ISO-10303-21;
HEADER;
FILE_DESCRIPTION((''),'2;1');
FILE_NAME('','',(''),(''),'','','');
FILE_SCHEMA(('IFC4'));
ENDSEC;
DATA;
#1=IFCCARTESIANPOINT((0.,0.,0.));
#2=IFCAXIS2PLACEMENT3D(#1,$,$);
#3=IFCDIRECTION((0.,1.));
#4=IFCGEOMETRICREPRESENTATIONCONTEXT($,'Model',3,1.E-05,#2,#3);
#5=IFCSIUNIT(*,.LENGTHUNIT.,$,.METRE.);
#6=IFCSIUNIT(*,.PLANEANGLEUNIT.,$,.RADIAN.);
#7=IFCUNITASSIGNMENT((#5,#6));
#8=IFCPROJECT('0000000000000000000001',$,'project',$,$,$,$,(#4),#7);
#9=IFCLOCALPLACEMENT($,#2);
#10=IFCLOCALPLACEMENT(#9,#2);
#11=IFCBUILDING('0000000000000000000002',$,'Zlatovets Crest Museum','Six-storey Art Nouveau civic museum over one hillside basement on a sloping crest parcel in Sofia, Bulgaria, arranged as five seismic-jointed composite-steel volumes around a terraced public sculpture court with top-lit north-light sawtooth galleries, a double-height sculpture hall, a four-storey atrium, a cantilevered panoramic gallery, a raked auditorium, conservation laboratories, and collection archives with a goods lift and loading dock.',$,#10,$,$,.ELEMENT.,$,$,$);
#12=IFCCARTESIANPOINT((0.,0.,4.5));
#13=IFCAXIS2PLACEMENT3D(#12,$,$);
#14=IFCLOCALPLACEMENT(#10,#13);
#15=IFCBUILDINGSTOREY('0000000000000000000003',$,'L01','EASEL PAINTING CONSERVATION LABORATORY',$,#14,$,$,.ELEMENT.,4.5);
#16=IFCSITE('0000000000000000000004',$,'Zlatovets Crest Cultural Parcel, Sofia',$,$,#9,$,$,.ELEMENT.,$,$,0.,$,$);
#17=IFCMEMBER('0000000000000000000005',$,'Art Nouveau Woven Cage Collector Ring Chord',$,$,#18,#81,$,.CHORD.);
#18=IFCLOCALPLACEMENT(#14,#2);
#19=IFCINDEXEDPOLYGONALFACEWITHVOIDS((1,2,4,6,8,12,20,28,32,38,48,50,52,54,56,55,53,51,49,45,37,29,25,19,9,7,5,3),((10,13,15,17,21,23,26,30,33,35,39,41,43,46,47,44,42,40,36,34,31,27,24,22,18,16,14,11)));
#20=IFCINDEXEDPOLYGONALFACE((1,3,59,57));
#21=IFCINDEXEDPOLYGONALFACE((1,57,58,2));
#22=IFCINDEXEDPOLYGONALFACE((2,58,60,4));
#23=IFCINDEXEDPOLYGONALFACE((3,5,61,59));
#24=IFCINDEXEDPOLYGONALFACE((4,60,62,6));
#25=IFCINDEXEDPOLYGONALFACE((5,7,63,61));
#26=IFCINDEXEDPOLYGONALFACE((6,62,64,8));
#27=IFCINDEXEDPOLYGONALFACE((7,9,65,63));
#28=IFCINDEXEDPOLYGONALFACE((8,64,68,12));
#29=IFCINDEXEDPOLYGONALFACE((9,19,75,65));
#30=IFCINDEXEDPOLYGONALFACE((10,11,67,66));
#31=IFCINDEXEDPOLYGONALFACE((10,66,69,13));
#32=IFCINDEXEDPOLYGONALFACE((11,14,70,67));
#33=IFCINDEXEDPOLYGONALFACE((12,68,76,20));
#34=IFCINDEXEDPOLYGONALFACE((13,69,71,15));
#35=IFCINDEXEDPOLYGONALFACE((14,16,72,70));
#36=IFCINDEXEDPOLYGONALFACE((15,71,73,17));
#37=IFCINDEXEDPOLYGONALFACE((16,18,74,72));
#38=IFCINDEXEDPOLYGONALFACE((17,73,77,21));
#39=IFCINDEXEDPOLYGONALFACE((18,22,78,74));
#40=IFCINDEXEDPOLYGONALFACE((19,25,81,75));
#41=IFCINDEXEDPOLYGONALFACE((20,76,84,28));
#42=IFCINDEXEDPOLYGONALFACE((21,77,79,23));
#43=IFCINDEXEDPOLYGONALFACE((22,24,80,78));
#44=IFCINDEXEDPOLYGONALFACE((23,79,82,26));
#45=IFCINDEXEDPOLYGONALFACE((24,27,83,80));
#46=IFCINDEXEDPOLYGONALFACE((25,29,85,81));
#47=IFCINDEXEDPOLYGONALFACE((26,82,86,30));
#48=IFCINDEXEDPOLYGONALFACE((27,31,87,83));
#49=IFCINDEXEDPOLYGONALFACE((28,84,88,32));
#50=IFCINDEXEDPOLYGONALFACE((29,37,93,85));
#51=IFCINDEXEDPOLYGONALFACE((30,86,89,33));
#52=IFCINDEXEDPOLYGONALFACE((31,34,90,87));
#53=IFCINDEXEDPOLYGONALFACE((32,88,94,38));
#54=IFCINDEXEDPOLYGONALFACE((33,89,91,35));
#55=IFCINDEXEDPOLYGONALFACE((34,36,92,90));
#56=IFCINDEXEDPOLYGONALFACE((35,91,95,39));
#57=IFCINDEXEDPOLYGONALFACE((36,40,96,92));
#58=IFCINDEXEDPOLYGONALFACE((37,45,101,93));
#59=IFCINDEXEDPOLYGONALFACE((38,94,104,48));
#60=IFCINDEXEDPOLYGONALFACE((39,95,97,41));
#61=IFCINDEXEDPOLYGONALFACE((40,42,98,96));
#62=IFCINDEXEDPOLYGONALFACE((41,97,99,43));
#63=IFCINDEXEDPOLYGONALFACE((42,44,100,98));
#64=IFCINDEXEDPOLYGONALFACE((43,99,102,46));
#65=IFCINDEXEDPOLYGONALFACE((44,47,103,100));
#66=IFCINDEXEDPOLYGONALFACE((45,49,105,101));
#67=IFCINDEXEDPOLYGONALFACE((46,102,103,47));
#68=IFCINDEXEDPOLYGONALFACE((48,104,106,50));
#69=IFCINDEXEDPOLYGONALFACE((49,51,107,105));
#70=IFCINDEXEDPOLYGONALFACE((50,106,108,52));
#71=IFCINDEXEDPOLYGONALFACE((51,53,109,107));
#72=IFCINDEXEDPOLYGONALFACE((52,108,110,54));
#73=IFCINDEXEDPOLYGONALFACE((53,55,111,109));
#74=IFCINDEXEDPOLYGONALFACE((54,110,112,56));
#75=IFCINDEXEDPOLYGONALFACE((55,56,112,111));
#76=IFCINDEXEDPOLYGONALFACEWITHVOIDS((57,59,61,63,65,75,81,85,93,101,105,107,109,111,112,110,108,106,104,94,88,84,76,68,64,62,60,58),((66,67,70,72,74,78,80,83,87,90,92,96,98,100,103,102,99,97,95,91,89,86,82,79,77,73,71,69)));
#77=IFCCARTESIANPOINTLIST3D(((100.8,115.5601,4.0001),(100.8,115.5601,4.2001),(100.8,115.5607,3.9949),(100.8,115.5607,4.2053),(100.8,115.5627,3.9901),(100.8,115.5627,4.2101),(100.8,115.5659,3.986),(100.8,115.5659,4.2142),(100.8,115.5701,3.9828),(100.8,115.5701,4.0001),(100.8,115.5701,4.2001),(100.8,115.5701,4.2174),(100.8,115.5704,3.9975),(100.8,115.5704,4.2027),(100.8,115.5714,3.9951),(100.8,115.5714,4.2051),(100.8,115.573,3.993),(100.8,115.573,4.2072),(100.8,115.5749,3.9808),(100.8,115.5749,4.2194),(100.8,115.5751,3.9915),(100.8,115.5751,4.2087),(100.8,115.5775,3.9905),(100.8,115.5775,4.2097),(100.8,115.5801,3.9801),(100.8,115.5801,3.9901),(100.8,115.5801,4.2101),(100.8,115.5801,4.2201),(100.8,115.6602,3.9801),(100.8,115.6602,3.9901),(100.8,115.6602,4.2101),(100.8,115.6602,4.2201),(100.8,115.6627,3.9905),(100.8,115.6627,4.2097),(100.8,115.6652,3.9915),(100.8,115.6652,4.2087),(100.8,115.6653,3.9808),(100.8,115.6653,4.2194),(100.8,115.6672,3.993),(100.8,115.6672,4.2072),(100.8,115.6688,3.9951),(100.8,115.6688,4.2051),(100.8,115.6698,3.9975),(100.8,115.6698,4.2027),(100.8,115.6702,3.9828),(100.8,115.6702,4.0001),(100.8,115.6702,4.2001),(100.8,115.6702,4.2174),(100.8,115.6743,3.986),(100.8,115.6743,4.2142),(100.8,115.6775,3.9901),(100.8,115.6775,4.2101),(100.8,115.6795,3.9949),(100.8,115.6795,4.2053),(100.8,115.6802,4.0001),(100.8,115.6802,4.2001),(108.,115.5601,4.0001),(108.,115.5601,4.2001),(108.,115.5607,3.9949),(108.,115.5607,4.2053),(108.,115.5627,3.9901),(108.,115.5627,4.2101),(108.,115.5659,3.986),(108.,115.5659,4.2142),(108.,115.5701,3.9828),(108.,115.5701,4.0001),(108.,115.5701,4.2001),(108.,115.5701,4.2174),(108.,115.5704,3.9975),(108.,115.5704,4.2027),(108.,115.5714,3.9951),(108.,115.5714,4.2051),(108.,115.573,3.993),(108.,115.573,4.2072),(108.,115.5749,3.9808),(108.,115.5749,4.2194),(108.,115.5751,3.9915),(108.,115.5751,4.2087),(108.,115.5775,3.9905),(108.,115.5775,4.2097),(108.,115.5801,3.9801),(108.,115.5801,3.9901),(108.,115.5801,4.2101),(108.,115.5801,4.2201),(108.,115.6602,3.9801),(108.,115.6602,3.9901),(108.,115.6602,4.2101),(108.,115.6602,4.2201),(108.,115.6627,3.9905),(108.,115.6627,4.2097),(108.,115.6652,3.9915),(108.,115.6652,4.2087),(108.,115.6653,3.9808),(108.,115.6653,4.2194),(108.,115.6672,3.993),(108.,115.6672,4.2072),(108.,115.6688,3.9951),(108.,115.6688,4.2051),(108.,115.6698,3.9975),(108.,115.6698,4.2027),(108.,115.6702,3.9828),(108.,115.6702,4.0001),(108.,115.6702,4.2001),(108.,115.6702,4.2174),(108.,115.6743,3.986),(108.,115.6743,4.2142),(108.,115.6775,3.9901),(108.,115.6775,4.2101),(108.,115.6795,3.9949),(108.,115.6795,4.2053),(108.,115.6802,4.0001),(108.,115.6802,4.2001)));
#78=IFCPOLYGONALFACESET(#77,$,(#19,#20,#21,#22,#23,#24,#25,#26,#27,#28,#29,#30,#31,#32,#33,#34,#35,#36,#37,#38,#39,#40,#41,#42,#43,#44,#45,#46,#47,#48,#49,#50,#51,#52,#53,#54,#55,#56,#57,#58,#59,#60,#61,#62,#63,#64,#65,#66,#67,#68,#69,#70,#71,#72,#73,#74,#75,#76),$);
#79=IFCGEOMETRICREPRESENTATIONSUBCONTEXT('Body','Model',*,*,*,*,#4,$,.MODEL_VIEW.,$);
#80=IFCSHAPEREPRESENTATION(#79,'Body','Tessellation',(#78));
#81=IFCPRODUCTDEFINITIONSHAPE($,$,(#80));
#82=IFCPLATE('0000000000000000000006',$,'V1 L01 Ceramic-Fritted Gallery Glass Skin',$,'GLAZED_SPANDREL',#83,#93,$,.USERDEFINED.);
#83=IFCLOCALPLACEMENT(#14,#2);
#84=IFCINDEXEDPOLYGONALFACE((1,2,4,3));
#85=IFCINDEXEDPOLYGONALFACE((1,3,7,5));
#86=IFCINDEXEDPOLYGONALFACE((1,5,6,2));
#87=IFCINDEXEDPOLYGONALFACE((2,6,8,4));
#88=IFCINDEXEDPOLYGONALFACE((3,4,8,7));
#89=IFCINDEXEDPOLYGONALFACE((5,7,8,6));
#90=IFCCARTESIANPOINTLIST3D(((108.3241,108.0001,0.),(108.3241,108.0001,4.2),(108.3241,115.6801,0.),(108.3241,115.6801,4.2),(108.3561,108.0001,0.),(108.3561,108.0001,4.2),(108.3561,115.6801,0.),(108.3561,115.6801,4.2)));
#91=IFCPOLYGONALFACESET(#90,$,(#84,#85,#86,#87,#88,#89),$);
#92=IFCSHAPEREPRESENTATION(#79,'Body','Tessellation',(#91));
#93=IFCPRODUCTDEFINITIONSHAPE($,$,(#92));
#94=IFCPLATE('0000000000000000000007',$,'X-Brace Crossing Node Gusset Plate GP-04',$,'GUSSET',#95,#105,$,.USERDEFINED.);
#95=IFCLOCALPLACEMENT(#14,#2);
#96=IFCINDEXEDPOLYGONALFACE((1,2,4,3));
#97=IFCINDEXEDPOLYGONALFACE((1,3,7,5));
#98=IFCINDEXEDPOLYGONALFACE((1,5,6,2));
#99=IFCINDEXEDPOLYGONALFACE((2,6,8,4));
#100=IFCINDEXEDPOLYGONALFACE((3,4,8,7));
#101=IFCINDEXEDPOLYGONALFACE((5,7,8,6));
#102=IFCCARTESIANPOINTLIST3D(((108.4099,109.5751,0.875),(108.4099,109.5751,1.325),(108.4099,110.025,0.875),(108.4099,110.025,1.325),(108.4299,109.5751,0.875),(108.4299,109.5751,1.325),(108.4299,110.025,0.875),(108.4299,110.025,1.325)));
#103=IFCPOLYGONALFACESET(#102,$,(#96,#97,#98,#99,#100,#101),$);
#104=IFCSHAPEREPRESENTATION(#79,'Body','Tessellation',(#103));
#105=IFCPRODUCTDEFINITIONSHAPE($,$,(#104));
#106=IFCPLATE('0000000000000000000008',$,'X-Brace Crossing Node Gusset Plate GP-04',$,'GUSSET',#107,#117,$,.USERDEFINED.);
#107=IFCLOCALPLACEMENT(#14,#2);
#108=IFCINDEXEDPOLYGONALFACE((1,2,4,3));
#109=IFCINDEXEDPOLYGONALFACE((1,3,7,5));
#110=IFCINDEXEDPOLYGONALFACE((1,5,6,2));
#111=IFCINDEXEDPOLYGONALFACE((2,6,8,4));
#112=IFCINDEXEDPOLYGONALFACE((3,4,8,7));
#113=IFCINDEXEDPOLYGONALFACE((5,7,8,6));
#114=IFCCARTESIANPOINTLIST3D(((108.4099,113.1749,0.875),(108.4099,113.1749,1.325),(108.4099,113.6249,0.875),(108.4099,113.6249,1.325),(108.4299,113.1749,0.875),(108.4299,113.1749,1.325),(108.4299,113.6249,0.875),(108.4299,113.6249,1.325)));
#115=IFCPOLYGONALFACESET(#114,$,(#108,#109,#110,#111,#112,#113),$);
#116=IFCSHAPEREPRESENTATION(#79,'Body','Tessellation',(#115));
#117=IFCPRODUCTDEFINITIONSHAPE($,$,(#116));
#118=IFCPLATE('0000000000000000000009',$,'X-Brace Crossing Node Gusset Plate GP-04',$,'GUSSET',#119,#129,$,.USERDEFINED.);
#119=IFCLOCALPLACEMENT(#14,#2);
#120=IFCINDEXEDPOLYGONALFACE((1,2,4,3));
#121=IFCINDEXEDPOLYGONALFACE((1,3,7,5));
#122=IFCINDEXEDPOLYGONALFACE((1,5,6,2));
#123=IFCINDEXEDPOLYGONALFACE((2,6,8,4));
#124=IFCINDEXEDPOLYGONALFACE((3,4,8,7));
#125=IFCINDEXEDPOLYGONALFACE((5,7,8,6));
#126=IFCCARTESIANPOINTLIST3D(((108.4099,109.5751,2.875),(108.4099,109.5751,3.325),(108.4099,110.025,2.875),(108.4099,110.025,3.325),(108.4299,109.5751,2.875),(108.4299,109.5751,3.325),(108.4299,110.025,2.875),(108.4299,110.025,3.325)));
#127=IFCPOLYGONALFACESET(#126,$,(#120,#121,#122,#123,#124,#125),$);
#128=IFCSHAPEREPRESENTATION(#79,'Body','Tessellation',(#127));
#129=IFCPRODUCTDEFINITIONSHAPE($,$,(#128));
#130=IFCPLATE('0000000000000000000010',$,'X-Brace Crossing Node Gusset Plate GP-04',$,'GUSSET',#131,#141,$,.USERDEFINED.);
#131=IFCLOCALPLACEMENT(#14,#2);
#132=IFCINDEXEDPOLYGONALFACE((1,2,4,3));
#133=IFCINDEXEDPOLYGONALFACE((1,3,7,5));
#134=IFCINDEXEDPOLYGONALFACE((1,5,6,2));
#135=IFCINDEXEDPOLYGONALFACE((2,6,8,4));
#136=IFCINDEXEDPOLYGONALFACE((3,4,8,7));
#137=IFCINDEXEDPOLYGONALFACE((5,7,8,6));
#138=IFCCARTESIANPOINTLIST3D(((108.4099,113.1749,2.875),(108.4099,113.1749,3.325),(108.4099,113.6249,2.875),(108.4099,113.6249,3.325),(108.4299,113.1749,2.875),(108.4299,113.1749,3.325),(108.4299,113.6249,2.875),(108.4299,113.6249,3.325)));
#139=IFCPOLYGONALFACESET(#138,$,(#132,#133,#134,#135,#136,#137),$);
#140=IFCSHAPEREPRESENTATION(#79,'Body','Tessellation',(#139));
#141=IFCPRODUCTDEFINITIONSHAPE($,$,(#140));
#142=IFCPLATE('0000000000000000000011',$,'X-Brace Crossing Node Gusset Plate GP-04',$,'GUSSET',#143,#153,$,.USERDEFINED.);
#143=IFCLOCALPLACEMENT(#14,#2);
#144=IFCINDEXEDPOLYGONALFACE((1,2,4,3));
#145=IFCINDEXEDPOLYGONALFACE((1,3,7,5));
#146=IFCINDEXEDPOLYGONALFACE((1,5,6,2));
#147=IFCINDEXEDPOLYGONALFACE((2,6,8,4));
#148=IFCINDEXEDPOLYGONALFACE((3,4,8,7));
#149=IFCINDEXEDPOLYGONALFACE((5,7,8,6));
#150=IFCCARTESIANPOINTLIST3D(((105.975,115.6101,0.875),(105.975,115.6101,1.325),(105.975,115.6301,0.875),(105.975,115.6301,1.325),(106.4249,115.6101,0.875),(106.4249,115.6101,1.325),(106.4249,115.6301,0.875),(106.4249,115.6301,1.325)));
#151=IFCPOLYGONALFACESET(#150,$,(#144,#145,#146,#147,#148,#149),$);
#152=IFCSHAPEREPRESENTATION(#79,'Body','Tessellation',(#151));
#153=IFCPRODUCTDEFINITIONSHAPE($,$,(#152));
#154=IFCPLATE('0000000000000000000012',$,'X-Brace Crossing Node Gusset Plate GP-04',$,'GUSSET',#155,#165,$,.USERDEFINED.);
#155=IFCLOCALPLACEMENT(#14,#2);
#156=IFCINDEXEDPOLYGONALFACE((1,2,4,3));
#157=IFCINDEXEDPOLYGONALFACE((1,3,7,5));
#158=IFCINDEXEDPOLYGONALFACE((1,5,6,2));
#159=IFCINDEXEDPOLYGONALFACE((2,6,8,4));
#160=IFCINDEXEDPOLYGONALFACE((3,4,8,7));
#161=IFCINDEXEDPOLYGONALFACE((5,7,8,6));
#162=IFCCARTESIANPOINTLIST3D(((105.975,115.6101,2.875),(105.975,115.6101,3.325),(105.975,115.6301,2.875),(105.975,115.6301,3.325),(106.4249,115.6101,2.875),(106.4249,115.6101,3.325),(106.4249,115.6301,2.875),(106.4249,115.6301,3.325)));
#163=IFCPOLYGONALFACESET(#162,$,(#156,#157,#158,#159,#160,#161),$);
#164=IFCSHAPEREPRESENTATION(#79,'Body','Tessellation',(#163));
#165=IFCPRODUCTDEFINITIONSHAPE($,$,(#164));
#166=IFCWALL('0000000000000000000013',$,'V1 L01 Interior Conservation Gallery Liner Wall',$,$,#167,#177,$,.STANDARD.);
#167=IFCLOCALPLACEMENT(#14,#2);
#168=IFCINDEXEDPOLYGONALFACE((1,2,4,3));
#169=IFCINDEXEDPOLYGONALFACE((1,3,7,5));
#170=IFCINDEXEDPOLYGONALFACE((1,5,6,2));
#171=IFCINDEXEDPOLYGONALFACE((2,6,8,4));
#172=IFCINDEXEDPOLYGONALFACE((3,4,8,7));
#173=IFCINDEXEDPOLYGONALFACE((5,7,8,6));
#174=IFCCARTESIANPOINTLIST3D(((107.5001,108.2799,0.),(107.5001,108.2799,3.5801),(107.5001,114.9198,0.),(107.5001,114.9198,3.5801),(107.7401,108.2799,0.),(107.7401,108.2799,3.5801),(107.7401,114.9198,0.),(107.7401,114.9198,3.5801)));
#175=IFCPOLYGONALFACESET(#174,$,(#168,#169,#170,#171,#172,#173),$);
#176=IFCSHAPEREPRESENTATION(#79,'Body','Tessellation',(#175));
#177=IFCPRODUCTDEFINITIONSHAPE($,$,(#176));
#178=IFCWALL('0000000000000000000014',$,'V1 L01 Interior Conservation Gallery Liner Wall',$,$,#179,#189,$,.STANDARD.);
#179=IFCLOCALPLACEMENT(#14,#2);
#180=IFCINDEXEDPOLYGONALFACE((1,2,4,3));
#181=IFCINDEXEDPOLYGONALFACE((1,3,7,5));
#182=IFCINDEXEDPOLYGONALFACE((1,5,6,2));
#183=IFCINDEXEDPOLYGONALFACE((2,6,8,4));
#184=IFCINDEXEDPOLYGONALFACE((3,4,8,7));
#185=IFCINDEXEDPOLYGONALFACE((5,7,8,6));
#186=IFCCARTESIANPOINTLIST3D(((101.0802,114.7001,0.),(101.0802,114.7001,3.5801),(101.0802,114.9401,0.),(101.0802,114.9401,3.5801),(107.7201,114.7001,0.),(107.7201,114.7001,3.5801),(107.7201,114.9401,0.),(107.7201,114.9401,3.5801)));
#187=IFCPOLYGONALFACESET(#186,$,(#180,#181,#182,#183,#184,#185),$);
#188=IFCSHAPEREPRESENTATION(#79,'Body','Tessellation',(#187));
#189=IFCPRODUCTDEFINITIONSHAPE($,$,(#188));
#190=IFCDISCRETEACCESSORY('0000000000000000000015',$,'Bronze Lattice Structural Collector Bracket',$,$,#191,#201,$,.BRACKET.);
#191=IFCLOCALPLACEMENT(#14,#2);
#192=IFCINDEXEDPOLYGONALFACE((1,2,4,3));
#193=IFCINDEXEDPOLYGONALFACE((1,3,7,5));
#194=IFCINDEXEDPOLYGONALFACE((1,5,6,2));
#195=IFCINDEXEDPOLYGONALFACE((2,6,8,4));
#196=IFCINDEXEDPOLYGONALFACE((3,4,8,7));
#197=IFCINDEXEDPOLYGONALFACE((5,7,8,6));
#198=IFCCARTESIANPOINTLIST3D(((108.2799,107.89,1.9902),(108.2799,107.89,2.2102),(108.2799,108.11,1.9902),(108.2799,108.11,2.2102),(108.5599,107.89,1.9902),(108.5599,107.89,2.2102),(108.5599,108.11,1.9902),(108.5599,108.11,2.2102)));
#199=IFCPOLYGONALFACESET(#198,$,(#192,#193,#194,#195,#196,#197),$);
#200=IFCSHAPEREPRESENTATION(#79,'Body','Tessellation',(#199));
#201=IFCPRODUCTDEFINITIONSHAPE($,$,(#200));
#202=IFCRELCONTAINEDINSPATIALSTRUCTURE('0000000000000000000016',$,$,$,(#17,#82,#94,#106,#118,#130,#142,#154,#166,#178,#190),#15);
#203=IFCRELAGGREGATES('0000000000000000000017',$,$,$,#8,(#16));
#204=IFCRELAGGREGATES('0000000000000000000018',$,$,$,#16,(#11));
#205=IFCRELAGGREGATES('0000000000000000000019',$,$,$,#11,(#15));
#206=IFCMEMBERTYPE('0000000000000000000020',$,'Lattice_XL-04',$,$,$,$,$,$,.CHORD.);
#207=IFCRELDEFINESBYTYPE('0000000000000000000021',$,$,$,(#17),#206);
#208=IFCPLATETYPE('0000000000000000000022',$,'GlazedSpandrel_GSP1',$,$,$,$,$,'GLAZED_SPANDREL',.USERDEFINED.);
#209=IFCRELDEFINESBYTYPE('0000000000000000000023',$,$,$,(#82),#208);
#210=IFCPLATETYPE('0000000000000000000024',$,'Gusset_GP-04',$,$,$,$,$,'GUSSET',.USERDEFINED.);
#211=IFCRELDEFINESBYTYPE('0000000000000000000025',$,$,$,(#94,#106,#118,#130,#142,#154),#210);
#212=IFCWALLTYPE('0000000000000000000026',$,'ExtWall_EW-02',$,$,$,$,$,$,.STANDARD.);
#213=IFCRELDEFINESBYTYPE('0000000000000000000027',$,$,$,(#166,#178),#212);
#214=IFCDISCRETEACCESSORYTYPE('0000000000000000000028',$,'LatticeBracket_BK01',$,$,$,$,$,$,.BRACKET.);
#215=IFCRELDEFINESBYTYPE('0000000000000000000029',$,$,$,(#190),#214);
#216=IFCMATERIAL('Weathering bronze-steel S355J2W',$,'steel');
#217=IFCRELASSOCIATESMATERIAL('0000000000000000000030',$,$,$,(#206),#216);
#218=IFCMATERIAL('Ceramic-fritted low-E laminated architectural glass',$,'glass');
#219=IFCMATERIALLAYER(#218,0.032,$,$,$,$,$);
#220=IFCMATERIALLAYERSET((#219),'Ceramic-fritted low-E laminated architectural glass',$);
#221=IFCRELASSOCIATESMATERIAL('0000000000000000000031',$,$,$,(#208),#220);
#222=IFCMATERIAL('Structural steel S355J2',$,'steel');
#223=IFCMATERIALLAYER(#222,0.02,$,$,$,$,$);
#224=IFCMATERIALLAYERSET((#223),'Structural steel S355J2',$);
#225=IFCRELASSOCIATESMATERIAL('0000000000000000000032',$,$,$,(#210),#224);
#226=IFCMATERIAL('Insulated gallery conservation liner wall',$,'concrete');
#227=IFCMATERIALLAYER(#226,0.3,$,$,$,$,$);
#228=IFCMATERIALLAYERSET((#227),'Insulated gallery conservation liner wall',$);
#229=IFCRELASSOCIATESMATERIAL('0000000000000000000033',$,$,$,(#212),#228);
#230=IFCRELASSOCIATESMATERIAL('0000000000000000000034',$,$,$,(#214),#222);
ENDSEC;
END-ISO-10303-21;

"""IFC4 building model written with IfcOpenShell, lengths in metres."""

from ifc_helpers import new_model, si_unit, direction, frame, frame_2d, origin, origin_2d, place, context, subcontext, project, spatial, rectangle, hollow_rectangle, extrude, material, layer, layer_set, material_profile, profile_set, type_object, element, save


model = new_model("IFC4")

# Units and contexts
model_context = context("Model", 3, precision=1e-05, world=origin(), true_north=direction((0.0, 1.0)))
body_context = subcontext(model_context, "Body", "Model", "MODEL_VIEW")
ifc_project = project(units=[si_unit("LENGTHUNIT", "METRE"), si_unit("PLANEANGLEUNIT", "RADIAN")], contexts=[model_context])

# Site, building, storey
site_placement = place(None, origin())
site = spatial("IfcSite", under=ifc_project, at=site_placement, Name="Zlatovets Crest Cultural Parcel, Sofia", CompositionType="ELEMENT", RefElevation=0.0)
building_placement = place(site_placement, origin())
building = spatial("IfcBuilding", under=site, at=building_placement, Name="Zlatovets Crest Museum", Description="Six-storey Art Nouveau civic museum over one hillside basement on a sloping crest parcel in Sofia, Bulgaria, arranged as five seismic-jointed composite-steel volumes around a terraced public sculpture court with top-lit north-light sawtooth galleries, a double-height sculpture hall, a four-storey atrium, a cantilevered panoramic gallery, a raked auditorium, conservation laboratories, and collection archives with a goods lift and loading dock.", CompositionType="ELEMENT")
storey_placement = place(building_placement, frame((0.0, 0.0, 4.5)))
storey = spatial("IfcBuildingStorey", under=building, at=storey_placement, Name="L01", Description="EASEL PAINTING CONSERVATION LABORATORY", CompositionType="ELEMENT", Elevation=4.5)

# Shared definitions
ifc_material_1 = material(Name="Structural steel S355J2", Category="steel")

# Member
ifc_material_2 = material(Name="Weathering bronze-steel S355J2W", Category="steel")
ifc_material_profile_1 = material_profile(ifc_material_2, hollow_rectangle(XDim=0.1201, YDim=0.24, WallThickness=0.01, InnerFilletRadius=0.01, OuterFilletRadius=0.02, at=origin_2d()), Name="RHS 120x240x10.0")
ifc_profile_set_1 = profile_set([ifc_material_profile_1], Name="Weathering bronze-steel S355J2W")
member_type_1 = type_object("IfcMemberType", Name="Lattice_XL-04", PredefinedType="CHORD", material=ifc_profile_set_1)
for number, where, z_axis, x_axis, name in (
    (1, (108.0, 115.6201, 4.1001), (-1.0, 0.0, 0.0), (0.0, -1.0, 0.0), "Art Nouveau Woven Cage Collector Ring Chord"),
):
    element("IfcMember", number, at=place(storey_placement, frame(where, z_axis=z_axis, x_axis=x_axis)), inside=storey, type_object=member_type_1, Name=name, PredefinedType="CHORD", context=body_context, shape_type="SweptSolid", body=[
        extrude(hollow_rectangle(XDim=0.1201, YDim=0.24, WallThickness=0.01, InnerFilletRadius=0.01, OuterFilletRadius=0.02, at=origin_2d()), origin(), (0.0, 0.0, 1.0), 7.2),
    ])

# Plates
ifc_material_3 = material(Name="Ceramic-fritted low-E laminated architectural glass", Category="glass")
ifc_layer_1 = layer(ifc_material_3, 0.032)
ifc_layer_set_1 = layer_set([ifc_layer_1], Name="Ceramic-fritted low-E laminated architectural glass")
plate_type_1 = type_object("IfcPlateType", Name="GlazedSpandrel_GSP1", ElementType="GLAZED_SPANDREL", PredefinedType="USERDEFINED", material=ifc_layer_set_1)
plate_placement = place(storey_placement, frame((108.3401, 111.8401, 0.0), z_axis=(0.0, 0.0, 1.0), x_axis=(0.0, 1.0, 0.0)))
element("IfcPlate", 2, at=plate_placement, inside=storey, type_object=plate_type_1, Name="V1 L01 Ceramic-Fritted Gallery Glass Skin", ObjectType="GLAZED_SPANDREL", PredefinedType="USERDEFINED", context=body_context, shape_type="SweptSolid", body=[
    extrude(rectangle(XDim=7.6799, YDim=0.032, at=origin_2d()), origin(), (0.0, 0.0, 1.0), 4.2),
])
ifc_layer_2 = layer(ifc_material_1, 0.02)
ifc_layer_set_2 = layer_set([ifc_layer_2], Name="Structural steel S355J2")
plate_type_2 = type_object("IfcPlateType", Name="Gusset_GP-04", ElementType="GUSSET", PredefinedType="USERDEFINED", material=ifc_layer_set_2)
for number, where, z_axis, x_axis, name in (
    (3, (108.4199, 109.8, 0.875), (0.0, 0.0, 1.0), (1.0, 0.0, 0.0), "X-Brace Crossing Node Gusset Plate GP-04"),
    (4, (108.4199, 113.3999, 0.875), (0.0, 0.0, 1.0), (1.0, 0.0, 0.0), "X-Brace Crossing Node Gusset Plate GP-04"),
    (5, (108.4199, 109.8, 2.875), (0.0, 0.0, 1.0), (1.0, 0.0, 0.0), "X-Brace Crossing Node Gusset Plate GP-04"),
    (6, (108.4199, 113.3999, 2.875), (0.0, 0.0, 1.0), (1.0, 0.0, 0.0), "X-Brace Crossing Node Gusset Plate GP-04"),
):
    element("IfcPlate", number, at=place(storey_placement, frame(where, z_axis=z_axis, x_axis=x_axis)), inside=storey, type_object=plate_type_2, Name=name, ObjectType="GUSSET", PredefinedType="USERDEFINED", context=body_context, shape_type="SweptSolid", body=[
        extrude(rectangle(XDim=0.02, YDim=0.45, at=origin_2d()), origin(), (0.0, 0.0, 1.0), 0.45),
    ])
for number, where, z_axis, x_axis, name in (
    (7, (106.2, 115.6201, 0.875), (0.0, 0.0, 1.0), (1.0, 0.0, 0.0), "X-Brace Crossing Node Gusset Plate GP-04"),
    (8, (106.2, 115.6201, 2.875), (0.0, 0.0, 1.0), (1.0, 0.0, 0.0), "X-Brace Crossing Node Gusset Plate GP-04"),
):
    element("IfcPlate", number, at=place(storey_placement, frame(where, z_axis=z_axis, x_axis=x_axis)), inside=storey, type_object=plate_type_2, Name=name, ObjectType="GUSSET", PredefinedType="USERDEFINED", context=body_context, shape_type="SweptSolid", body=[
        extrude(rectangle(XDim=0.45, YDim=0.02, at=origin_2d()), origin(), (0.0, 0.0, 1.0), 0.45),
    ])

# Walls
ifc_material_4 = material(Name="Insulated gallery conservation liner wall", Category="concrete")
ifc_layer_3 = layer(ifc_material_4, 0.3)
ifc_layer_set_3 = layer_set([ifc_layer_3], Name="Insulated gallery conservation liner wall")
wall_type = type_object("IfcWallType", Name="ExtWall_EW-02", PredefinedType="STANDARD", material=ifc_layer_set_3)
for number, where, z_axis, x_axis, name in (
    (9, (107.6201, 108.28, 0.0), (0.0, 0.0, 1.0), (0.0, 1.0, 0.0), "V1 L01 Interior Conservation Gallery Liner Wall"),
    (10, (107.72, 114.8201, 0.0), (0.0, 0.0, 1.0), (-1.0, 0.0, 0.0), "V1 L01 Interior Conservation Gallery Liner Wall"),
):
    element("IfcWall", number, at=place(storey_placement, frame(where, z_axis=z_axis, x_axis=x_axis)), inside=storey, type_object=wall_type, Name=name, PredefinedType="STANDARD", context=body_context, shape_type="SweptSolid", body=[
        extrude(rectangle(XDim=6.6399, YDim=0.24, at=frame_2d((3.3198, 0.0))), origin(), (0.0, 0.0, 1.0), 3.5801),
    ])

# Discrete accessory
discrete_accessory_type = type_object("IfcDiscreteAccessoryType", Name="LatticeBracket_BK01", PredefinedType="BRACKET", material=ifc_material_1)
for number, where, z_axis, x_axis, name in (
    (11, (108.4199, 108.0, 1.9902), (0.0, 0.0, 1.0), (1.0, 0.0, 0.0), "Bronze Lattice Structural Collector Bracket"),
):
    element("IfcDiscreteAccessory", number, at=place(storey_placement, frame(where, z_axis=z_axis, x_axis=x_axis)), inside=storey, type_object=discrete_accessory_type, Name=name, PredefinedType="BRACKET", context=body_context, shape_type="SweptSolid", body=[
        extrude(rectangle(XDim=0.28, YDim=0.22, at=origin_2d()), origin(), (0.0, 0.0, 1.0), 0.22),
    ])

save(model, "model.ifc")
